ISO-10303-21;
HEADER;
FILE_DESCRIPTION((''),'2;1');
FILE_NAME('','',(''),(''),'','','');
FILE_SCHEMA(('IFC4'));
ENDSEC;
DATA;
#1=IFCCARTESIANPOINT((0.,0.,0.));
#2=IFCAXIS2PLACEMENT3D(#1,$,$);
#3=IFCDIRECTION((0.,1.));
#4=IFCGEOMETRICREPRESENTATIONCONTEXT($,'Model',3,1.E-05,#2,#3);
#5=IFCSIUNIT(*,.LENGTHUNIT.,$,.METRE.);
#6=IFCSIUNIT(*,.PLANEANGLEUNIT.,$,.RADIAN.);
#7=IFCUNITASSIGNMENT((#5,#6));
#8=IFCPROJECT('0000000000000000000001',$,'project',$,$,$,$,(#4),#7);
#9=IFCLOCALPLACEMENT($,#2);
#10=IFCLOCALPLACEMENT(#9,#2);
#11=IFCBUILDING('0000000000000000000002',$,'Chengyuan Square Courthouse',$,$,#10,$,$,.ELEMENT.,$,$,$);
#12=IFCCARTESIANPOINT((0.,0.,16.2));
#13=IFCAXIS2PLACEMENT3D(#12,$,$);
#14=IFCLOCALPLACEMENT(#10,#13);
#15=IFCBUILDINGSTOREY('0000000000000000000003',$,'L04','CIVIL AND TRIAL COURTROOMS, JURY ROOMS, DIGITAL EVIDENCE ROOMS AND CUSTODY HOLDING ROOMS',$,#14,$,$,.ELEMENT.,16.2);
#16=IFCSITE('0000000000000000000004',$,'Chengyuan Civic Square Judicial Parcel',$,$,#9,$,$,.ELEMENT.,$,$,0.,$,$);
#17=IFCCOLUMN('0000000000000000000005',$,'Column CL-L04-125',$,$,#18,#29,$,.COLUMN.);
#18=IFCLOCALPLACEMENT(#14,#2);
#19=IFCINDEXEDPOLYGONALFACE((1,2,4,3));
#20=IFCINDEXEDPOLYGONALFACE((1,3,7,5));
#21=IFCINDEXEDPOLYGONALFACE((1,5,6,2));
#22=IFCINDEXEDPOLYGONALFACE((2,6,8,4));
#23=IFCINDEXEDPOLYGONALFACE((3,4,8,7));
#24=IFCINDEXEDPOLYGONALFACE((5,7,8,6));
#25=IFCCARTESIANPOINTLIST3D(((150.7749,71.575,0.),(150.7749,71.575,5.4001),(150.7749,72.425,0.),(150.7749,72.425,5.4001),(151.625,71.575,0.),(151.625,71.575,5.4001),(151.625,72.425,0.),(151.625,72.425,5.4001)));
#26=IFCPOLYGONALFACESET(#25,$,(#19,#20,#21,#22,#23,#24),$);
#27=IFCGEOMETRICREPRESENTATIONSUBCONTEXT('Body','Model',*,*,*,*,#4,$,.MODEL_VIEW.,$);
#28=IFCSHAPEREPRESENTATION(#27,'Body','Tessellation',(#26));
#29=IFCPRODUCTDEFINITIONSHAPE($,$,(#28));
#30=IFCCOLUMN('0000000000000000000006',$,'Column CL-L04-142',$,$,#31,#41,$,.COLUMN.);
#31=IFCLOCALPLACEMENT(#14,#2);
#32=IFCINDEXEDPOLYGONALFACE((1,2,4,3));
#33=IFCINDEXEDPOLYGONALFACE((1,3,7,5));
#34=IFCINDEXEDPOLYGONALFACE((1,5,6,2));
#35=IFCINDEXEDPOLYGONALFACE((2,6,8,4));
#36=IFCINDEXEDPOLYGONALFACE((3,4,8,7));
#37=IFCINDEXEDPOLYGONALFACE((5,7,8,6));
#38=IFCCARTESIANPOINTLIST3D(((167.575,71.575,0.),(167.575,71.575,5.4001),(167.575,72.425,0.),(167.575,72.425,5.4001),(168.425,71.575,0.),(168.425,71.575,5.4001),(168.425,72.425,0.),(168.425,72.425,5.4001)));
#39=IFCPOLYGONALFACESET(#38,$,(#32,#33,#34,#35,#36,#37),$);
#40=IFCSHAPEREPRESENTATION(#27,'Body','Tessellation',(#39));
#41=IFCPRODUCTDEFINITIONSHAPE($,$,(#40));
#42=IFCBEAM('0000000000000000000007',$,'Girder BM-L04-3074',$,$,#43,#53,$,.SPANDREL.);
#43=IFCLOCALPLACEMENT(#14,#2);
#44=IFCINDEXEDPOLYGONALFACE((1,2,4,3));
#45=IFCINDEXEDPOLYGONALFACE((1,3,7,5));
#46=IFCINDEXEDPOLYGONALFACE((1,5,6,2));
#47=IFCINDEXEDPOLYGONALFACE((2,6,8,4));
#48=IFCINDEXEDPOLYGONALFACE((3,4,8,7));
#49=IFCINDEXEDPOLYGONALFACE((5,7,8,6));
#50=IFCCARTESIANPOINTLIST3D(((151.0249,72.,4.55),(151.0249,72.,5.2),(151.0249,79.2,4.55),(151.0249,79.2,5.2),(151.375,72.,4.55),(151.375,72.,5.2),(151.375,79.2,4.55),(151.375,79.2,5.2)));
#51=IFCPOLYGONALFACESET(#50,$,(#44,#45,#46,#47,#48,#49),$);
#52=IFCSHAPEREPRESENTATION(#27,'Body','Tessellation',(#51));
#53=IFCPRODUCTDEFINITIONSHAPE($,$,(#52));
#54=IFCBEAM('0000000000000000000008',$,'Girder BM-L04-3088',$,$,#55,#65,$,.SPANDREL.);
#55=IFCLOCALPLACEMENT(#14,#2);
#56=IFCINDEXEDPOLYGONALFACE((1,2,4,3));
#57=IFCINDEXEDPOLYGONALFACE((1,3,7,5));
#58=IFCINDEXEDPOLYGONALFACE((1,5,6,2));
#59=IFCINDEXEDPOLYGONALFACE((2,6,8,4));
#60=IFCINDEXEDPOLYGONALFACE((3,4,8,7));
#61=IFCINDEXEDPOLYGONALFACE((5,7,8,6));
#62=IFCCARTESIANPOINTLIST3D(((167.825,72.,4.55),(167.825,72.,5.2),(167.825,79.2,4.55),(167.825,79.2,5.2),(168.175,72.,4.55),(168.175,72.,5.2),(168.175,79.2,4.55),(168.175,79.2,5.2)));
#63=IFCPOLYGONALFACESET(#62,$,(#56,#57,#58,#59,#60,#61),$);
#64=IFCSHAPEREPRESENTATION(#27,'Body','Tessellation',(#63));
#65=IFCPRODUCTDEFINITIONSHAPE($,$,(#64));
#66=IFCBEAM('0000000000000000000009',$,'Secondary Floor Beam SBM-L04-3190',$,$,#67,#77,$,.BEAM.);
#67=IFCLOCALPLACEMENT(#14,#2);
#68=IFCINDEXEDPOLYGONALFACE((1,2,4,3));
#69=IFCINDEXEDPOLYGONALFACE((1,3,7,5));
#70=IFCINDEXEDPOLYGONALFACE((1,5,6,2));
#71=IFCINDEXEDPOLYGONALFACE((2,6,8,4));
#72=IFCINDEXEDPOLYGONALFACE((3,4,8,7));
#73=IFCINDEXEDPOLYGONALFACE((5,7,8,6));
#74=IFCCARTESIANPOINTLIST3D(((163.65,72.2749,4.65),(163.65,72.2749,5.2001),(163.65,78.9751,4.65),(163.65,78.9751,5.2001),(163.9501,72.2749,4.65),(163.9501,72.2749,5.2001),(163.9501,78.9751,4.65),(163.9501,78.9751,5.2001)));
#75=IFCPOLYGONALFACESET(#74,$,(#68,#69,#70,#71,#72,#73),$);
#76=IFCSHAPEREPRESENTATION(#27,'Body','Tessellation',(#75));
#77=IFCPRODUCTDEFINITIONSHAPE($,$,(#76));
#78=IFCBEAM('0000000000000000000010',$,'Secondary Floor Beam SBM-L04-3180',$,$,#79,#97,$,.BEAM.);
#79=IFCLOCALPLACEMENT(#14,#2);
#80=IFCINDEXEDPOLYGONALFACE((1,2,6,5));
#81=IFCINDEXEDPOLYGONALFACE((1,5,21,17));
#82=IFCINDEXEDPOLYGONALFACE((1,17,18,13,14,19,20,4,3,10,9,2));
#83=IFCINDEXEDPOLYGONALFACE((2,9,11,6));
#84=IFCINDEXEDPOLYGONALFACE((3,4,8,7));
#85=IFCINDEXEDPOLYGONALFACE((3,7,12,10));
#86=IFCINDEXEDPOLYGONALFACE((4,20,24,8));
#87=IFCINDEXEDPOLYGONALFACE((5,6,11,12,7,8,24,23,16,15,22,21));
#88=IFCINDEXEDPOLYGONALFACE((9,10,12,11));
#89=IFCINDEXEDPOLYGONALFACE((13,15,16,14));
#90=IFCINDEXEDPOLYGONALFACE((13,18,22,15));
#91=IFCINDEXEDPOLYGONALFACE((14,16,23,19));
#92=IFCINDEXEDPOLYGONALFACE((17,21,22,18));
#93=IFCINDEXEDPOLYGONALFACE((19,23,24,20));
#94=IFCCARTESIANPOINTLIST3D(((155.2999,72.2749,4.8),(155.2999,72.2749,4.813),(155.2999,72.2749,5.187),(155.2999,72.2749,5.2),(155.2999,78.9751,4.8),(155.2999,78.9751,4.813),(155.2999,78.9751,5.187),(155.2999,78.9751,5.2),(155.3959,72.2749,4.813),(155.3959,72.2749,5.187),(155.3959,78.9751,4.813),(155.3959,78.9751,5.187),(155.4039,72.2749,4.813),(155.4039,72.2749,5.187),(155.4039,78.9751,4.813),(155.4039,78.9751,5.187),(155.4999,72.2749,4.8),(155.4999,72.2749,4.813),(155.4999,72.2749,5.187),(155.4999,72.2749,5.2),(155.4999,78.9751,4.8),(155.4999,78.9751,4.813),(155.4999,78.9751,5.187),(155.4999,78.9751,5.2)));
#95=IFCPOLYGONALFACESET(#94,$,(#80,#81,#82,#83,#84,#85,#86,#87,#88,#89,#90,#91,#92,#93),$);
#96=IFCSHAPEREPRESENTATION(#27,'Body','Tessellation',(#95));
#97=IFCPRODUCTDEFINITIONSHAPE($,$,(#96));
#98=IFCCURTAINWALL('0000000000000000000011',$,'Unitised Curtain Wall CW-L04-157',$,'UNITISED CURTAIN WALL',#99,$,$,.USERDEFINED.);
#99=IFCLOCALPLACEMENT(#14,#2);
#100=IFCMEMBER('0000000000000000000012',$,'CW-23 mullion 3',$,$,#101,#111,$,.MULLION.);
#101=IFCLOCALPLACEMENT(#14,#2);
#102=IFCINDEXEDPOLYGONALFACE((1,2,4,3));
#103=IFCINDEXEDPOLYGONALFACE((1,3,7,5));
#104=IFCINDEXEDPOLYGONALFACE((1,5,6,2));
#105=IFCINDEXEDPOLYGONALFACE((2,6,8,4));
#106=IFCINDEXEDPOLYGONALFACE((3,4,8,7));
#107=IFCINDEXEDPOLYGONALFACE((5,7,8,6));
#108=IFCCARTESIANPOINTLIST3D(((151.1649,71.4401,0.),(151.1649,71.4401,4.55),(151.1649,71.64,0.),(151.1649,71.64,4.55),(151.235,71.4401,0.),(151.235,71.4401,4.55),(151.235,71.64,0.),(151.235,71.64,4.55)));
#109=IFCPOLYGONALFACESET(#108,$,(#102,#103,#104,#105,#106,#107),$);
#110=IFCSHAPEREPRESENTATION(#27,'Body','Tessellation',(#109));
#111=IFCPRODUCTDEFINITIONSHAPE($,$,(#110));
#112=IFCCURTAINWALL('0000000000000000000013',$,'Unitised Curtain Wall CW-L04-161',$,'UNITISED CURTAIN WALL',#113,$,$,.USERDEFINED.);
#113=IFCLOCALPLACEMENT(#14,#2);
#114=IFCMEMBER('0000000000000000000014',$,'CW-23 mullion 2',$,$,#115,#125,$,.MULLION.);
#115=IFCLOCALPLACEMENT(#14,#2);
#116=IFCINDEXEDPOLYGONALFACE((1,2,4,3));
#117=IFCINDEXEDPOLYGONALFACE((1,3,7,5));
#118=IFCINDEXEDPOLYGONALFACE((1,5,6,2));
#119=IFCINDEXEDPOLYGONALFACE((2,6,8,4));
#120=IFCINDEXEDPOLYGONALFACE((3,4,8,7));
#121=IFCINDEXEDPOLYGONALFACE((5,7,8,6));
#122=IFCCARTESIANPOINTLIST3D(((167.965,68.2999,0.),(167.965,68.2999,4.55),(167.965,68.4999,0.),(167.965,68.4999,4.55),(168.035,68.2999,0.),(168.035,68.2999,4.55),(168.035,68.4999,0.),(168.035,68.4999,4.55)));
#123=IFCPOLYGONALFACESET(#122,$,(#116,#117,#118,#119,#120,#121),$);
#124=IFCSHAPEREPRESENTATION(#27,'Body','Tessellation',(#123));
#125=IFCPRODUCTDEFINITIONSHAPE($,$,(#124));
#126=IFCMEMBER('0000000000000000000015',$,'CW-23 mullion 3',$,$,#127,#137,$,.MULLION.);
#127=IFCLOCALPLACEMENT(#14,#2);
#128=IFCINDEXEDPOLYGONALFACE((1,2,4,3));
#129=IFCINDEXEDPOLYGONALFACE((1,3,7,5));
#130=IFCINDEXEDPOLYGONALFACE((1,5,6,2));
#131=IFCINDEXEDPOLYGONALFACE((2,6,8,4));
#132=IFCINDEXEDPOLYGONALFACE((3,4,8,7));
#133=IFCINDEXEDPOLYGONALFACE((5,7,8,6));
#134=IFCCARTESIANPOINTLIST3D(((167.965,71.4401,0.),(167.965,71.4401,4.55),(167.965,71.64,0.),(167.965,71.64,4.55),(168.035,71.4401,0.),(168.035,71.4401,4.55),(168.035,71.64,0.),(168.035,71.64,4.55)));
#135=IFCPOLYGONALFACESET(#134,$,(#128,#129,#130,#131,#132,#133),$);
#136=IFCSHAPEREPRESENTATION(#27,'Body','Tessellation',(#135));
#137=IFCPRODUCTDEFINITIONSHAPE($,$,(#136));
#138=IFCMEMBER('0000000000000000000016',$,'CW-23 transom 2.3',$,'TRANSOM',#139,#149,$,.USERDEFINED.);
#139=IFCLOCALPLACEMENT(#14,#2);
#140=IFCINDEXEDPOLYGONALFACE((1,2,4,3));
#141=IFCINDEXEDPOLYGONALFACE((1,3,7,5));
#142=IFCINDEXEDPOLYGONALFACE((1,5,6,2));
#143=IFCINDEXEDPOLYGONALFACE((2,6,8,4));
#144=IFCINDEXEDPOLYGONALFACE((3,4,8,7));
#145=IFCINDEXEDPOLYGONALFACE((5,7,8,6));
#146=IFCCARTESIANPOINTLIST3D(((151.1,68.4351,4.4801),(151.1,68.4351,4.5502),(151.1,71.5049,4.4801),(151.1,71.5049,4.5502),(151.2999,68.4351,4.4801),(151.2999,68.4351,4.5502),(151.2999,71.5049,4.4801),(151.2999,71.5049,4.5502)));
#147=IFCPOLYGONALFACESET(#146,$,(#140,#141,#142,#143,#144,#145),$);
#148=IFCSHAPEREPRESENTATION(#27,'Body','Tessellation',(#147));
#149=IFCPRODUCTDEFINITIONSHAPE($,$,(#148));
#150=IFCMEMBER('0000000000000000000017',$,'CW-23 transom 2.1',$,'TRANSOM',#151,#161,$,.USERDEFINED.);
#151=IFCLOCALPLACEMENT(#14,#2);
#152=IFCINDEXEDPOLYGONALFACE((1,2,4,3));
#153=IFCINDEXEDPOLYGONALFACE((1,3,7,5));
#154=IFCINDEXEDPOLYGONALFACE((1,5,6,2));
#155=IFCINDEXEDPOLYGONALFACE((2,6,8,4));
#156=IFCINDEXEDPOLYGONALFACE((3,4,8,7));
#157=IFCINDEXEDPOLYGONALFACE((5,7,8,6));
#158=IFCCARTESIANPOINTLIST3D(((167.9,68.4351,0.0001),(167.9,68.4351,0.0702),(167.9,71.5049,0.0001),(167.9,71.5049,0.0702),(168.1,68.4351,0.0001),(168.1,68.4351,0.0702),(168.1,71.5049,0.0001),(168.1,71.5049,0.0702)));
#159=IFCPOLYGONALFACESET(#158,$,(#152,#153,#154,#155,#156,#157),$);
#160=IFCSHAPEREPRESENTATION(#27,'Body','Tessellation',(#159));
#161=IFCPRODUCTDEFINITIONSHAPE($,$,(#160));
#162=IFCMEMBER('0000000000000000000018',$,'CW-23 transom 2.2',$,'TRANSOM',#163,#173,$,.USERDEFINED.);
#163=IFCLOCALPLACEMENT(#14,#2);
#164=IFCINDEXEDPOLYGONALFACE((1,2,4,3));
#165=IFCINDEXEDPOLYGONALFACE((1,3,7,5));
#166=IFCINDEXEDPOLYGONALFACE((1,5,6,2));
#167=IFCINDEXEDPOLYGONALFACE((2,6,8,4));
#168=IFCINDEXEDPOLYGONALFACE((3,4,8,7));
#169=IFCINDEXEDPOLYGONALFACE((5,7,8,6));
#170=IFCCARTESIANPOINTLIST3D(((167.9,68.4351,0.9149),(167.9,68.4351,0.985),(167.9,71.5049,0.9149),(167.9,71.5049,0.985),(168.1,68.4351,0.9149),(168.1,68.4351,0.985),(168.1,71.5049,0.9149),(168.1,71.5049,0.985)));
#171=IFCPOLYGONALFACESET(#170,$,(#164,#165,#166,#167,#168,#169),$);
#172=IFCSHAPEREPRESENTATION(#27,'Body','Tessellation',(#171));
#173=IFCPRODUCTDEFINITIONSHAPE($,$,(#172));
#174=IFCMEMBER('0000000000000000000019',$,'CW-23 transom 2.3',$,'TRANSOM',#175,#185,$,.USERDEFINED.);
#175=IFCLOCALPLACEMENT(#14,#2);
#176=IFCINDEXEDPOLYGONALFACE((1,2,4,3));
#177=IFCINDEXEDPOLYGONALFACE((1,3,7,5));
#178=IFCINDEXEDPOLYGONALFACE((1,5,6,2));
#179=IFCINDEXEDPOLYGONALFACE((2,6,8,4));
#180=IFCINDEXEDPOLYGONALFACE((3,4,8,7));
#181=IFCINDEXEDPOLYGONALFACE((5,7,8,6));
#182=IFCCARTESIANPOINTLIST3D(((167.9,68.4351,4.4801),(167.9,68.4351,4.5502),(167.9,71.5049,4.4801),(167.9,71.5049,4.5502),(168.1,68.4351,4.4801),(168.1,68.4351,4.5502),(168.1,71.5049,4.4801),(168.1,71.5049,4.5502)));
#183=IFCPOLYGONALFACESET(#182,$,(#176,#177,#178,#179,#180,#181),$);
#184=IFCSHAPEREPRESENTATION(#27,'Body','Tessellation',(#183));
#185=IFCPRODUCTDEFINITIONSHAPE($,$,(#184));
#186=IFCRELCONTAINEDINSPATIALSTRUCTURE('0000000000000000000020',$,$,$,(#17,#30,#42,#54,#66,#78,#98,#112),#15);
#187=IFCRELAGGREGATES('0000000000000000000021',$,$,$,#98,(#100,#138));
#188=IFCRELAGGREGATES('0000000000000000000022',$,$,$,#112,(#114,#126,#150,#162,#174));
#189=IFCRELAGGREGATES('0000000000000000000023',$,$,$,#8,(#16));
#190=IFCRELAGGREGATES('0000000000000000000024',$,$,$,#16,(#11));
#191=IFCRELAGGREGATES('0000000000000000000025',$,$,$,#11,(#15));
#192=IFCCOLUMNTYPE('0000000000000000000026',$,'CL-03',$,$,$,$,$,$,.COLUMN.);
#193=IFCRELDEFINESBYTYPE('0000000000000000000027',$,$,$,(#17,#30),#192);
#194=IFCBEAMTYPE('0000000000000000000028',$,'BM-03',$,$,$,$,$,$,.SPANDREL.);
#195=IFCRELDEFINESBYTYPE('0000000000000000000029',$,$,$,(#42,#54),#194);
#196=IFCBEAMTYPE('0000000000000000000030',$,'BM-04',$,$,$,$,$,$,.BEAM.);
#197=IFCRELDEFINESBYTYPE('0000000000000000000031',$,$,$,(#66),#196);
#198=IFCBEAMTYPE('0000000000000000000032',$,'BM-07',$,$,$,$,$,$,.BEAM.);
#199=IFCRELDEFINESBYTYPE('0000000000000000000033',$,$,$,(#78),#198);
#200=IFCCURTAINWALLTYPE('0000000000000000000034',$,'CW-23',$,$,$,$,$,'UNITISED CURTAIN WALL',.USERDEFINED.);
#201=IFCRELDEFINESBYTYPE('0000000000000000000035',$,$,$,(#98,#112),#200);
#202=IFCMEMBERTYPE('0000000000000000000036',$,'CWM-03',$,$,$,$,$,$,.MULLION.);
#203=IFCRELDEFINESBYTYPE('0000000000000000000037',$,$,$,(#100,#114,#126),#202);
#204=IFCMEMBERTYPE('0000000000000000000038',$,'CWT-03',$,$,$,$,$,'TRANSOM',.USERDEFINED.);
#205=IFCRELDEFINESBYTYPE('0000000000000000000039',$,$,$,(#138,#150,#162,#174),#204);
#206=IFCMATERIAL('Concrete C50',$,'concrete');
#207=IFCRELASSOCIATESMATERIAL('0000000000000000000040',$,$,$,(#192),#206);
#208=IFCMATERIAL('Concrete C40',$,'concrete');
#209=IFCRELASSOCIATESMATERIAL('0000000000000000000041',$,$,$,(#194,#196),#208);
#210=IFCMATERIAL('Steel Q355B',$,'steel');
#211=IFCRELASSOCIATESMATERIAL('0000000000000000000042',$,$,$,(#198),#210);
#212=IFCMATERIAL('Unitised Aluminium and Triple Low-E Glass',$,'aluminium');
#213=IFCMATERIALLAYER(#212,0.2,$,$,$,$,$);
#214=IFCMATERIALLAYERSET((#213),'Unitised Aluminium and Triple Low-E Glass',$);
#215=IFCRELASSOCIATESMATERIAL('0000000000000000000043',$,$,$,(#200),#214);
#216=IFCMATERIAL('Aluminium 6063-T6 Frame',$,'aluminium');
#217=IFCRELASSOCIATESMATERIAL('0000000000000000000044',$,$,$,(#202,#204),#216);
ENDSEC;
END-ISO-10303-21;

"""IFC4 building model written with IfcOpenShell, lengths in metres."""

from ifc_helpers import new_model, si_unit, direction, frame, origin, origin_2d, place, context, subcontext, project, spatial, rectangle, i_section, extrude, material, layer, layer_set, material_profile, profile_set, type_object, element, aggregate, save


model = new_model("IFC4")

# Units and contexts
model_context = context("Model", 3, precision=1e-05, world=origin(), true_north=direction((0.0, 1.0)))
body_context = subcontext(model_context, "Body", "Model", "MODEL_VIEW")
ifc_project = project(units=[si_unit("LENGTHUNIT", "METRE"), si_unit("PLANEANGLEUNIT", "RADIAN")], contexts=[model_context])

# Site, building, storey
site_placement = place(None, origin())
site = spatial("IfcSite", under=ifc_project, at=site_placement, Name="Chengyuan Civic Square Judicial Parcel", CompositionType="ELEMENT", RefElevation=0.0)
building_placement = place(site_placement, origin())
building = spatial("IfcBuilding", under=site, at=building_placement, Name="Chengyuan Square Courthouse", CompositionType="ELEMENT")
storey_placement = place(building_placement, frame((0.0, 0.0, 16.2)))
storey = spatial("IfcBuildingStorey", under=building, at=storey_placement, Name="L04", Description="CIVIL AND TRIAL COURTROOMS, JURY ROOMS, DIGITAL EVIDENCE ROOMS AND CUSTODY HOLDING ROOMS", CompositionType="ELEMENT", Elevation=16.2)

# Columns
ifc_material_1 = material(Name="Concrete C50", Category="concrete")
ifc_material_profile_1 = material_profile(ifc_material_1, rectangle(XDim=0.8501, YDim=0.8501, at=origin_2d()), Name="RC-COL-850x850")
ifc_profile_set_1 = profile_set([ifc_material_profile_1], Name="Concrete C50")
column_type = type_object("IfcColumnType", Name="CL-03", PredefinedType="COLUMN", material=ifc_profile_set_1)
for number, where, z_axis, x_axis, name in (
    (1, (151.2, 72.0, 0.0), (0.0, 0.0, 1.0), (1.0, 0.0, 0.0), "Column CL-L04-125"),
    (2, (168.0, 72.0, 0.0), (0.0, 0.0, 1.0), (1.0, 0.0, 0.0), "Column CL-L04-142"),
):
    element("IfcColumn", number, at=place(storey_placement, frame(where, z_axis=z_axis, x_axis=x_axis)), inside=storey, type_object=column_type, Name=name, PredefinedType="COLUMN", context=body_context, shape_type="SweptSolid", body=[
        extrude(rectangle(XDim=0.8501, YDim=0.8501, at=origin_2d()), origin(), (0.0, 0.0, 1.0), 5.4001),
    ])

# Beams
ifc_material_2 = material(Name="Concrete C40", Category="concrete")
ifc_material_profile_2 = material_profile(ifc_material_2, rectangle(XDim=0.3501, YDim=0.6499, at=origin_2d()), Name="RC-BM-350x650")
ifc_profile_set_2 = profile_set([ifc_material_profile_2], Name="Concrete C40")
beam_type_1 = type_object("IfcBeamType", Name="BM-03", PredefinedType="SPANDREL", material=ifc_profile_set_2)
for number, where, z_axis, x_axis, name in (
    (3, (151.2, 72.0, 4.875), (0.0, 1.0, 0.0), (-1.0, 0.0, 0.0), "Girder BM-L04-3074"),
    (4, (168.0, 72.0, 4.875), (0.0, 1.0, 0.0), (-1.0, 0.0, 0.0), "Girder BM-L04-3088"),
):
    element("IfcBeam", number, at=place(storey_placement, frame(where, z_axis=z_axis, x_axis=x_axis)), inside=storey, type_object=beam_type_1, Name=name, PredefinedType="SPANDREL", context=body_context, shape_type="SweptSolid", body=[
        extrude(rectangle(XDim=0.3501, YDim=0.6499, at=origin_2d()), origin(), (0.0, 0.0, 1.0), 7.2),
    ])
ifc_material_profile_3 = material_profile(ifc_material_2, rectangle(XDim=0.3, YDim=0.55, at=origin_2d()), Name="RC-BM-300x550")
ifc_profile_set_3 = profile_set([ifc_material_profile_3], Name="Concrete C40")
beam_type_2 = type_object("IfcBeamType", Name="BM-04", PredefinedType="BEAM", material=ifc_profile_set_3)
beam_1_placement = place(storey_placement, frame((163.8, 72.2749, 4.925), z_axis=(0.0, 1.0, 0.0), x_axis=(-1.0, 0.0, 0.0)))
element("IfcBeam", 5, at=beam_1_placement, inside=storey, type_object=beam_type_2, Name="Secondary Floor Beam SBM-L04-3190", PredefinedType="BEAM", context=body_context, shape_type="SweptSolid", body=[
    extrude(rectangle(XDim=0.3, YDim=0.55, at=origin_2d()), origin(), (0.0, 0.0, 1.0), 6.7002),
])
ifc_material_3 = material(Name="Steel Q355B", Category="steel")
ifc_material_profile_4 = material_profile(ifc_material_3, i_section(OverallWidth=0.2, OverallDepth=0.3999, WebThickness=0.0081, FlangeThickness=0.0129, at=origin_2d()), Name="HN 400x200x8x13")
ifc_profile_set_4 = profile_set([ifc_material_profile_4], Name="Steel Q355B")
beam_type_3 = type_object("IfcBeamType", Name="BM-07", PredefinedType="BEAM", material=ifc_profile_set_4)
beam_2_placement = place(storey_placement, frame((155.3999, 72.2749, 5.0), z_axis=(0.0, 1.0, 0.0), x_axis=(-1.0, 0.0, 0.0)))
element("IfcBeam", 6, at=beam_2_placement, inside=storey, type_object=beam_type_3, Name="Secondary Floor Beam SBM-L04-3180", PredefinedType="BEAM", context=body_context, shape_type="SweptSolid", body=[
    extrude(i_section(OverallWidth=0.2, OverallDepth=0.3999, WebThickness=0.0081, FlangeThickness=0.0129, at=origin_2d()), origin(), (0.0, 0.0, 1.0), 6.7002),
])

# Curtain wall, member
ifc_material_4 = material(Name="Unitised Aluminium and Triple Low-E Glass", Category="aluminium")
ifc_layer_1 = layer(ifc_material_4, 0.2)
ifc_layer_set_1 = layer_set([ifc_layer_1], Name="Unitised Aluminium and Triple Low-E Glass")
curtain_wall_type = type_object("IfcCurtainWallType", Name="CW-23", ElementType="UNITISED CURTAIN WALL", PredefinedType="USERDEFINED", material=ifc_layer_set_1)
curtain_wall_1_placement = place(storey_placement, origin())
curtain_wall_1 = element("IfcCurtainWall", 7, at=curtain_wall_1_placement, inside=storey, type_object=curtain_wall_type, Name="Unitised Curtain Wall CW-L04-157", ObjectType="UNITISED CURTAIN WALL", PredefinedType="USERDEFINED")
ifc_material_5 = material(Name="Aluminium 6063-T6 Frame", Category="aluminium")
ifc_material_profile_5 = material_profile(ifc_material_5, rectangle(XDim=0.0701, YDim=0.2, at=origin_2d()), Name="CW-MUL-70x200")
ifc_profile_set_5 = profile_set([ifc_material_profile_5], Name="Aluminium 6063-T6 Frame")
member_type_1 = type_object("IfcMemberType", Name="CWM-03", PredefinedType="MULLION", material=ifc_profile_set_5)
member_1_placement = place(storey_placement, frame((151.2, 71.54, 0.0), z_axis=(0.0, 0.0, 1.0), x_axis=(-1.0, 0.0, 0.0)))
member_1 = element("IfcMember", 8, at=member_1_placement, type_object=member_type_1, Name="CW-23 mullion 3", PredefinedType="MULLION", context=body_context, shape_type="SweptSolid", body=[
    extrude(rectangle(XDim=0.0701, YDim=0.2, at=origin_2d()), origin(), (0.0, 0.0, 1.0), 4.55),
])

# Curtain wall, members
curtain_wall_2_placement = place(storey_placement, origin())
curtain_wall_2 = element("IfcCurtainWall", 9, at=curtain_wall_2_placement, inside=storey, type_object=curtain_wall_type, Name="Unitised Curtain Wall CW-L04-161", ObjectType="UNITISED CURTAIN WALL", PredefinedType="USERDEFINED")
member_2_placement = place(storey_placement, frame((168.0, 68.3999, 0.0), z_axis=(0.0, 0.0, 1.0), x_axis=(-1.0, 0.0, 0.0)))
member_2 = element("IfcMember", 10, at=member_2_placement, type_object=member_type_1, Name="CW-23 mullion 2", PredefinedType="MULLION", context=body_context, shape_type="SweptSolid", body=[
    extrude(rectangle(XDim=0.0701, YDim=0.2, at=origin_2d()), origin(), (0.0, 0.0, 1.0), 4.55),
])
member_3_placement = place(storey_placement, frame((168.0, 71.54, 0.0), z_axis=(0.0, 0.0, 1.0), x_axis=(-1.0, 0.0, 0.0)))
member_3 = element("IfcMember", 11, at=member_3_placement, type_object=member_type_1, Name="CW-23 mullion 3", PredefinedType="MULLION", context=body_context, shape_type="SweptSolid", body=[
    extrude(rectangle(XDim=0.0701, YDim=0.2, at=origin_2d()), origin(), (0.0, 0.0, 1.0), 4.55),
])

# Members
ifc_material_profile_6 = material_profile(ifc_material_5, rectangle(XDim=0.2, YDim=0.0701, at=origin_2d()), Name="CW-TRN-70x160")
ifc_profile_set_6 = profile_set([ifc_material_profile_6], Name="Aluminium 6063-T6 Frame")
member_type_2 = type_object("IfcMemberType", Name="CWT-03", ElementType="TRANSOM", PredefinedType="USERDEFINED", material=ifc_profile_set_6)
member_4_placement = place(storey_placement, frame((151.2, 68.4351, 4.5151), z_axis=(0.0, 1.0, 0.0), x_axis=(-1.0, 0.0, 0.0)))
member_4 = element("IfcMember", 12, at=member_4_placement, type_object=member_type_2, Name="CW-23 transom 2.3", ObjectType="TRANSOM", PredefinedType="USERDEFINED", context=body_context, shape_type="SweptSolid", body=[
    extrude(rectangle(XDim=0.2, YDim=0.0701, at=origin_2d()), origin(), (0.0, 0.0, 1.0), 3.0698),
])
member_5_placement = place(storey_placement, frame((168.0, 68.4351, 0.0352), z_axis=(0.0, 1.0, 0.0), x_axis=(-1.0, 0.0, 0.0)))
member_5 = element("IfcMember", 13, at=member_5_placement, type_object=member_type_2, Name="CW-23 transom 2.1", ObjectType="TRANSOM", PredefinedType="USERDEFINED", context=body_context, shape_type="SweptSolid", body=[
    extrude(rectangle(XDim=0.2, YDim=0.0701, at=origin_2d()), origin(), (0.0, 0.0, 1.0), 3.0698),
])
member_6_placement = place(storey_placement, frame((168.0, 68.4351, 0.95), z_axis=(0.0, 1.0, 0.0), x_axis=(-1.0, 0.0, 0.0)))
member_6 = element("IfcMember", 14, at=member_6_placement, type_object=member_type_2, Name="CW-23 transom 2.2", ObjectType="TRANSOM", PredefinedType="USERDEFINED", context=body_context, shape_type="SweptSolid", body=[
    extrude(rectangle(XDim=0.2, YDim=0.0701, at=origin_2d()), origin(), (0.0, 0.0, 1.0), 3.0698),
])
member_7_placement = place(storey_placement, frame((168.0, 68.4351, 4.5151), z_axis=(0.0, 1.0, 0.0), x_axis=(-1.0, 0.0, 0.0)))
member_7 = element("IfcMember", 15, at=member_7_placement, type_object=member_type_2, Name="CW-23 transom 2.3", ObjectType="TRANSOM", PredefinedType="USERDEFINED", context=body_context, shape_type="SweptSolid", body=[
    extrude(rectangle(XDim=0.2, YDim=0.0701, at=origin_2d()), origin(), (0.0, 0.0, 1.0), 3.0698),
])

aggregate(curtain_wall_1, [member_1, member_4])
aggregate(curtain_wall_2, [member_2, member_3, member_5, member_6, member_7])

save(model, "model.ifc")
